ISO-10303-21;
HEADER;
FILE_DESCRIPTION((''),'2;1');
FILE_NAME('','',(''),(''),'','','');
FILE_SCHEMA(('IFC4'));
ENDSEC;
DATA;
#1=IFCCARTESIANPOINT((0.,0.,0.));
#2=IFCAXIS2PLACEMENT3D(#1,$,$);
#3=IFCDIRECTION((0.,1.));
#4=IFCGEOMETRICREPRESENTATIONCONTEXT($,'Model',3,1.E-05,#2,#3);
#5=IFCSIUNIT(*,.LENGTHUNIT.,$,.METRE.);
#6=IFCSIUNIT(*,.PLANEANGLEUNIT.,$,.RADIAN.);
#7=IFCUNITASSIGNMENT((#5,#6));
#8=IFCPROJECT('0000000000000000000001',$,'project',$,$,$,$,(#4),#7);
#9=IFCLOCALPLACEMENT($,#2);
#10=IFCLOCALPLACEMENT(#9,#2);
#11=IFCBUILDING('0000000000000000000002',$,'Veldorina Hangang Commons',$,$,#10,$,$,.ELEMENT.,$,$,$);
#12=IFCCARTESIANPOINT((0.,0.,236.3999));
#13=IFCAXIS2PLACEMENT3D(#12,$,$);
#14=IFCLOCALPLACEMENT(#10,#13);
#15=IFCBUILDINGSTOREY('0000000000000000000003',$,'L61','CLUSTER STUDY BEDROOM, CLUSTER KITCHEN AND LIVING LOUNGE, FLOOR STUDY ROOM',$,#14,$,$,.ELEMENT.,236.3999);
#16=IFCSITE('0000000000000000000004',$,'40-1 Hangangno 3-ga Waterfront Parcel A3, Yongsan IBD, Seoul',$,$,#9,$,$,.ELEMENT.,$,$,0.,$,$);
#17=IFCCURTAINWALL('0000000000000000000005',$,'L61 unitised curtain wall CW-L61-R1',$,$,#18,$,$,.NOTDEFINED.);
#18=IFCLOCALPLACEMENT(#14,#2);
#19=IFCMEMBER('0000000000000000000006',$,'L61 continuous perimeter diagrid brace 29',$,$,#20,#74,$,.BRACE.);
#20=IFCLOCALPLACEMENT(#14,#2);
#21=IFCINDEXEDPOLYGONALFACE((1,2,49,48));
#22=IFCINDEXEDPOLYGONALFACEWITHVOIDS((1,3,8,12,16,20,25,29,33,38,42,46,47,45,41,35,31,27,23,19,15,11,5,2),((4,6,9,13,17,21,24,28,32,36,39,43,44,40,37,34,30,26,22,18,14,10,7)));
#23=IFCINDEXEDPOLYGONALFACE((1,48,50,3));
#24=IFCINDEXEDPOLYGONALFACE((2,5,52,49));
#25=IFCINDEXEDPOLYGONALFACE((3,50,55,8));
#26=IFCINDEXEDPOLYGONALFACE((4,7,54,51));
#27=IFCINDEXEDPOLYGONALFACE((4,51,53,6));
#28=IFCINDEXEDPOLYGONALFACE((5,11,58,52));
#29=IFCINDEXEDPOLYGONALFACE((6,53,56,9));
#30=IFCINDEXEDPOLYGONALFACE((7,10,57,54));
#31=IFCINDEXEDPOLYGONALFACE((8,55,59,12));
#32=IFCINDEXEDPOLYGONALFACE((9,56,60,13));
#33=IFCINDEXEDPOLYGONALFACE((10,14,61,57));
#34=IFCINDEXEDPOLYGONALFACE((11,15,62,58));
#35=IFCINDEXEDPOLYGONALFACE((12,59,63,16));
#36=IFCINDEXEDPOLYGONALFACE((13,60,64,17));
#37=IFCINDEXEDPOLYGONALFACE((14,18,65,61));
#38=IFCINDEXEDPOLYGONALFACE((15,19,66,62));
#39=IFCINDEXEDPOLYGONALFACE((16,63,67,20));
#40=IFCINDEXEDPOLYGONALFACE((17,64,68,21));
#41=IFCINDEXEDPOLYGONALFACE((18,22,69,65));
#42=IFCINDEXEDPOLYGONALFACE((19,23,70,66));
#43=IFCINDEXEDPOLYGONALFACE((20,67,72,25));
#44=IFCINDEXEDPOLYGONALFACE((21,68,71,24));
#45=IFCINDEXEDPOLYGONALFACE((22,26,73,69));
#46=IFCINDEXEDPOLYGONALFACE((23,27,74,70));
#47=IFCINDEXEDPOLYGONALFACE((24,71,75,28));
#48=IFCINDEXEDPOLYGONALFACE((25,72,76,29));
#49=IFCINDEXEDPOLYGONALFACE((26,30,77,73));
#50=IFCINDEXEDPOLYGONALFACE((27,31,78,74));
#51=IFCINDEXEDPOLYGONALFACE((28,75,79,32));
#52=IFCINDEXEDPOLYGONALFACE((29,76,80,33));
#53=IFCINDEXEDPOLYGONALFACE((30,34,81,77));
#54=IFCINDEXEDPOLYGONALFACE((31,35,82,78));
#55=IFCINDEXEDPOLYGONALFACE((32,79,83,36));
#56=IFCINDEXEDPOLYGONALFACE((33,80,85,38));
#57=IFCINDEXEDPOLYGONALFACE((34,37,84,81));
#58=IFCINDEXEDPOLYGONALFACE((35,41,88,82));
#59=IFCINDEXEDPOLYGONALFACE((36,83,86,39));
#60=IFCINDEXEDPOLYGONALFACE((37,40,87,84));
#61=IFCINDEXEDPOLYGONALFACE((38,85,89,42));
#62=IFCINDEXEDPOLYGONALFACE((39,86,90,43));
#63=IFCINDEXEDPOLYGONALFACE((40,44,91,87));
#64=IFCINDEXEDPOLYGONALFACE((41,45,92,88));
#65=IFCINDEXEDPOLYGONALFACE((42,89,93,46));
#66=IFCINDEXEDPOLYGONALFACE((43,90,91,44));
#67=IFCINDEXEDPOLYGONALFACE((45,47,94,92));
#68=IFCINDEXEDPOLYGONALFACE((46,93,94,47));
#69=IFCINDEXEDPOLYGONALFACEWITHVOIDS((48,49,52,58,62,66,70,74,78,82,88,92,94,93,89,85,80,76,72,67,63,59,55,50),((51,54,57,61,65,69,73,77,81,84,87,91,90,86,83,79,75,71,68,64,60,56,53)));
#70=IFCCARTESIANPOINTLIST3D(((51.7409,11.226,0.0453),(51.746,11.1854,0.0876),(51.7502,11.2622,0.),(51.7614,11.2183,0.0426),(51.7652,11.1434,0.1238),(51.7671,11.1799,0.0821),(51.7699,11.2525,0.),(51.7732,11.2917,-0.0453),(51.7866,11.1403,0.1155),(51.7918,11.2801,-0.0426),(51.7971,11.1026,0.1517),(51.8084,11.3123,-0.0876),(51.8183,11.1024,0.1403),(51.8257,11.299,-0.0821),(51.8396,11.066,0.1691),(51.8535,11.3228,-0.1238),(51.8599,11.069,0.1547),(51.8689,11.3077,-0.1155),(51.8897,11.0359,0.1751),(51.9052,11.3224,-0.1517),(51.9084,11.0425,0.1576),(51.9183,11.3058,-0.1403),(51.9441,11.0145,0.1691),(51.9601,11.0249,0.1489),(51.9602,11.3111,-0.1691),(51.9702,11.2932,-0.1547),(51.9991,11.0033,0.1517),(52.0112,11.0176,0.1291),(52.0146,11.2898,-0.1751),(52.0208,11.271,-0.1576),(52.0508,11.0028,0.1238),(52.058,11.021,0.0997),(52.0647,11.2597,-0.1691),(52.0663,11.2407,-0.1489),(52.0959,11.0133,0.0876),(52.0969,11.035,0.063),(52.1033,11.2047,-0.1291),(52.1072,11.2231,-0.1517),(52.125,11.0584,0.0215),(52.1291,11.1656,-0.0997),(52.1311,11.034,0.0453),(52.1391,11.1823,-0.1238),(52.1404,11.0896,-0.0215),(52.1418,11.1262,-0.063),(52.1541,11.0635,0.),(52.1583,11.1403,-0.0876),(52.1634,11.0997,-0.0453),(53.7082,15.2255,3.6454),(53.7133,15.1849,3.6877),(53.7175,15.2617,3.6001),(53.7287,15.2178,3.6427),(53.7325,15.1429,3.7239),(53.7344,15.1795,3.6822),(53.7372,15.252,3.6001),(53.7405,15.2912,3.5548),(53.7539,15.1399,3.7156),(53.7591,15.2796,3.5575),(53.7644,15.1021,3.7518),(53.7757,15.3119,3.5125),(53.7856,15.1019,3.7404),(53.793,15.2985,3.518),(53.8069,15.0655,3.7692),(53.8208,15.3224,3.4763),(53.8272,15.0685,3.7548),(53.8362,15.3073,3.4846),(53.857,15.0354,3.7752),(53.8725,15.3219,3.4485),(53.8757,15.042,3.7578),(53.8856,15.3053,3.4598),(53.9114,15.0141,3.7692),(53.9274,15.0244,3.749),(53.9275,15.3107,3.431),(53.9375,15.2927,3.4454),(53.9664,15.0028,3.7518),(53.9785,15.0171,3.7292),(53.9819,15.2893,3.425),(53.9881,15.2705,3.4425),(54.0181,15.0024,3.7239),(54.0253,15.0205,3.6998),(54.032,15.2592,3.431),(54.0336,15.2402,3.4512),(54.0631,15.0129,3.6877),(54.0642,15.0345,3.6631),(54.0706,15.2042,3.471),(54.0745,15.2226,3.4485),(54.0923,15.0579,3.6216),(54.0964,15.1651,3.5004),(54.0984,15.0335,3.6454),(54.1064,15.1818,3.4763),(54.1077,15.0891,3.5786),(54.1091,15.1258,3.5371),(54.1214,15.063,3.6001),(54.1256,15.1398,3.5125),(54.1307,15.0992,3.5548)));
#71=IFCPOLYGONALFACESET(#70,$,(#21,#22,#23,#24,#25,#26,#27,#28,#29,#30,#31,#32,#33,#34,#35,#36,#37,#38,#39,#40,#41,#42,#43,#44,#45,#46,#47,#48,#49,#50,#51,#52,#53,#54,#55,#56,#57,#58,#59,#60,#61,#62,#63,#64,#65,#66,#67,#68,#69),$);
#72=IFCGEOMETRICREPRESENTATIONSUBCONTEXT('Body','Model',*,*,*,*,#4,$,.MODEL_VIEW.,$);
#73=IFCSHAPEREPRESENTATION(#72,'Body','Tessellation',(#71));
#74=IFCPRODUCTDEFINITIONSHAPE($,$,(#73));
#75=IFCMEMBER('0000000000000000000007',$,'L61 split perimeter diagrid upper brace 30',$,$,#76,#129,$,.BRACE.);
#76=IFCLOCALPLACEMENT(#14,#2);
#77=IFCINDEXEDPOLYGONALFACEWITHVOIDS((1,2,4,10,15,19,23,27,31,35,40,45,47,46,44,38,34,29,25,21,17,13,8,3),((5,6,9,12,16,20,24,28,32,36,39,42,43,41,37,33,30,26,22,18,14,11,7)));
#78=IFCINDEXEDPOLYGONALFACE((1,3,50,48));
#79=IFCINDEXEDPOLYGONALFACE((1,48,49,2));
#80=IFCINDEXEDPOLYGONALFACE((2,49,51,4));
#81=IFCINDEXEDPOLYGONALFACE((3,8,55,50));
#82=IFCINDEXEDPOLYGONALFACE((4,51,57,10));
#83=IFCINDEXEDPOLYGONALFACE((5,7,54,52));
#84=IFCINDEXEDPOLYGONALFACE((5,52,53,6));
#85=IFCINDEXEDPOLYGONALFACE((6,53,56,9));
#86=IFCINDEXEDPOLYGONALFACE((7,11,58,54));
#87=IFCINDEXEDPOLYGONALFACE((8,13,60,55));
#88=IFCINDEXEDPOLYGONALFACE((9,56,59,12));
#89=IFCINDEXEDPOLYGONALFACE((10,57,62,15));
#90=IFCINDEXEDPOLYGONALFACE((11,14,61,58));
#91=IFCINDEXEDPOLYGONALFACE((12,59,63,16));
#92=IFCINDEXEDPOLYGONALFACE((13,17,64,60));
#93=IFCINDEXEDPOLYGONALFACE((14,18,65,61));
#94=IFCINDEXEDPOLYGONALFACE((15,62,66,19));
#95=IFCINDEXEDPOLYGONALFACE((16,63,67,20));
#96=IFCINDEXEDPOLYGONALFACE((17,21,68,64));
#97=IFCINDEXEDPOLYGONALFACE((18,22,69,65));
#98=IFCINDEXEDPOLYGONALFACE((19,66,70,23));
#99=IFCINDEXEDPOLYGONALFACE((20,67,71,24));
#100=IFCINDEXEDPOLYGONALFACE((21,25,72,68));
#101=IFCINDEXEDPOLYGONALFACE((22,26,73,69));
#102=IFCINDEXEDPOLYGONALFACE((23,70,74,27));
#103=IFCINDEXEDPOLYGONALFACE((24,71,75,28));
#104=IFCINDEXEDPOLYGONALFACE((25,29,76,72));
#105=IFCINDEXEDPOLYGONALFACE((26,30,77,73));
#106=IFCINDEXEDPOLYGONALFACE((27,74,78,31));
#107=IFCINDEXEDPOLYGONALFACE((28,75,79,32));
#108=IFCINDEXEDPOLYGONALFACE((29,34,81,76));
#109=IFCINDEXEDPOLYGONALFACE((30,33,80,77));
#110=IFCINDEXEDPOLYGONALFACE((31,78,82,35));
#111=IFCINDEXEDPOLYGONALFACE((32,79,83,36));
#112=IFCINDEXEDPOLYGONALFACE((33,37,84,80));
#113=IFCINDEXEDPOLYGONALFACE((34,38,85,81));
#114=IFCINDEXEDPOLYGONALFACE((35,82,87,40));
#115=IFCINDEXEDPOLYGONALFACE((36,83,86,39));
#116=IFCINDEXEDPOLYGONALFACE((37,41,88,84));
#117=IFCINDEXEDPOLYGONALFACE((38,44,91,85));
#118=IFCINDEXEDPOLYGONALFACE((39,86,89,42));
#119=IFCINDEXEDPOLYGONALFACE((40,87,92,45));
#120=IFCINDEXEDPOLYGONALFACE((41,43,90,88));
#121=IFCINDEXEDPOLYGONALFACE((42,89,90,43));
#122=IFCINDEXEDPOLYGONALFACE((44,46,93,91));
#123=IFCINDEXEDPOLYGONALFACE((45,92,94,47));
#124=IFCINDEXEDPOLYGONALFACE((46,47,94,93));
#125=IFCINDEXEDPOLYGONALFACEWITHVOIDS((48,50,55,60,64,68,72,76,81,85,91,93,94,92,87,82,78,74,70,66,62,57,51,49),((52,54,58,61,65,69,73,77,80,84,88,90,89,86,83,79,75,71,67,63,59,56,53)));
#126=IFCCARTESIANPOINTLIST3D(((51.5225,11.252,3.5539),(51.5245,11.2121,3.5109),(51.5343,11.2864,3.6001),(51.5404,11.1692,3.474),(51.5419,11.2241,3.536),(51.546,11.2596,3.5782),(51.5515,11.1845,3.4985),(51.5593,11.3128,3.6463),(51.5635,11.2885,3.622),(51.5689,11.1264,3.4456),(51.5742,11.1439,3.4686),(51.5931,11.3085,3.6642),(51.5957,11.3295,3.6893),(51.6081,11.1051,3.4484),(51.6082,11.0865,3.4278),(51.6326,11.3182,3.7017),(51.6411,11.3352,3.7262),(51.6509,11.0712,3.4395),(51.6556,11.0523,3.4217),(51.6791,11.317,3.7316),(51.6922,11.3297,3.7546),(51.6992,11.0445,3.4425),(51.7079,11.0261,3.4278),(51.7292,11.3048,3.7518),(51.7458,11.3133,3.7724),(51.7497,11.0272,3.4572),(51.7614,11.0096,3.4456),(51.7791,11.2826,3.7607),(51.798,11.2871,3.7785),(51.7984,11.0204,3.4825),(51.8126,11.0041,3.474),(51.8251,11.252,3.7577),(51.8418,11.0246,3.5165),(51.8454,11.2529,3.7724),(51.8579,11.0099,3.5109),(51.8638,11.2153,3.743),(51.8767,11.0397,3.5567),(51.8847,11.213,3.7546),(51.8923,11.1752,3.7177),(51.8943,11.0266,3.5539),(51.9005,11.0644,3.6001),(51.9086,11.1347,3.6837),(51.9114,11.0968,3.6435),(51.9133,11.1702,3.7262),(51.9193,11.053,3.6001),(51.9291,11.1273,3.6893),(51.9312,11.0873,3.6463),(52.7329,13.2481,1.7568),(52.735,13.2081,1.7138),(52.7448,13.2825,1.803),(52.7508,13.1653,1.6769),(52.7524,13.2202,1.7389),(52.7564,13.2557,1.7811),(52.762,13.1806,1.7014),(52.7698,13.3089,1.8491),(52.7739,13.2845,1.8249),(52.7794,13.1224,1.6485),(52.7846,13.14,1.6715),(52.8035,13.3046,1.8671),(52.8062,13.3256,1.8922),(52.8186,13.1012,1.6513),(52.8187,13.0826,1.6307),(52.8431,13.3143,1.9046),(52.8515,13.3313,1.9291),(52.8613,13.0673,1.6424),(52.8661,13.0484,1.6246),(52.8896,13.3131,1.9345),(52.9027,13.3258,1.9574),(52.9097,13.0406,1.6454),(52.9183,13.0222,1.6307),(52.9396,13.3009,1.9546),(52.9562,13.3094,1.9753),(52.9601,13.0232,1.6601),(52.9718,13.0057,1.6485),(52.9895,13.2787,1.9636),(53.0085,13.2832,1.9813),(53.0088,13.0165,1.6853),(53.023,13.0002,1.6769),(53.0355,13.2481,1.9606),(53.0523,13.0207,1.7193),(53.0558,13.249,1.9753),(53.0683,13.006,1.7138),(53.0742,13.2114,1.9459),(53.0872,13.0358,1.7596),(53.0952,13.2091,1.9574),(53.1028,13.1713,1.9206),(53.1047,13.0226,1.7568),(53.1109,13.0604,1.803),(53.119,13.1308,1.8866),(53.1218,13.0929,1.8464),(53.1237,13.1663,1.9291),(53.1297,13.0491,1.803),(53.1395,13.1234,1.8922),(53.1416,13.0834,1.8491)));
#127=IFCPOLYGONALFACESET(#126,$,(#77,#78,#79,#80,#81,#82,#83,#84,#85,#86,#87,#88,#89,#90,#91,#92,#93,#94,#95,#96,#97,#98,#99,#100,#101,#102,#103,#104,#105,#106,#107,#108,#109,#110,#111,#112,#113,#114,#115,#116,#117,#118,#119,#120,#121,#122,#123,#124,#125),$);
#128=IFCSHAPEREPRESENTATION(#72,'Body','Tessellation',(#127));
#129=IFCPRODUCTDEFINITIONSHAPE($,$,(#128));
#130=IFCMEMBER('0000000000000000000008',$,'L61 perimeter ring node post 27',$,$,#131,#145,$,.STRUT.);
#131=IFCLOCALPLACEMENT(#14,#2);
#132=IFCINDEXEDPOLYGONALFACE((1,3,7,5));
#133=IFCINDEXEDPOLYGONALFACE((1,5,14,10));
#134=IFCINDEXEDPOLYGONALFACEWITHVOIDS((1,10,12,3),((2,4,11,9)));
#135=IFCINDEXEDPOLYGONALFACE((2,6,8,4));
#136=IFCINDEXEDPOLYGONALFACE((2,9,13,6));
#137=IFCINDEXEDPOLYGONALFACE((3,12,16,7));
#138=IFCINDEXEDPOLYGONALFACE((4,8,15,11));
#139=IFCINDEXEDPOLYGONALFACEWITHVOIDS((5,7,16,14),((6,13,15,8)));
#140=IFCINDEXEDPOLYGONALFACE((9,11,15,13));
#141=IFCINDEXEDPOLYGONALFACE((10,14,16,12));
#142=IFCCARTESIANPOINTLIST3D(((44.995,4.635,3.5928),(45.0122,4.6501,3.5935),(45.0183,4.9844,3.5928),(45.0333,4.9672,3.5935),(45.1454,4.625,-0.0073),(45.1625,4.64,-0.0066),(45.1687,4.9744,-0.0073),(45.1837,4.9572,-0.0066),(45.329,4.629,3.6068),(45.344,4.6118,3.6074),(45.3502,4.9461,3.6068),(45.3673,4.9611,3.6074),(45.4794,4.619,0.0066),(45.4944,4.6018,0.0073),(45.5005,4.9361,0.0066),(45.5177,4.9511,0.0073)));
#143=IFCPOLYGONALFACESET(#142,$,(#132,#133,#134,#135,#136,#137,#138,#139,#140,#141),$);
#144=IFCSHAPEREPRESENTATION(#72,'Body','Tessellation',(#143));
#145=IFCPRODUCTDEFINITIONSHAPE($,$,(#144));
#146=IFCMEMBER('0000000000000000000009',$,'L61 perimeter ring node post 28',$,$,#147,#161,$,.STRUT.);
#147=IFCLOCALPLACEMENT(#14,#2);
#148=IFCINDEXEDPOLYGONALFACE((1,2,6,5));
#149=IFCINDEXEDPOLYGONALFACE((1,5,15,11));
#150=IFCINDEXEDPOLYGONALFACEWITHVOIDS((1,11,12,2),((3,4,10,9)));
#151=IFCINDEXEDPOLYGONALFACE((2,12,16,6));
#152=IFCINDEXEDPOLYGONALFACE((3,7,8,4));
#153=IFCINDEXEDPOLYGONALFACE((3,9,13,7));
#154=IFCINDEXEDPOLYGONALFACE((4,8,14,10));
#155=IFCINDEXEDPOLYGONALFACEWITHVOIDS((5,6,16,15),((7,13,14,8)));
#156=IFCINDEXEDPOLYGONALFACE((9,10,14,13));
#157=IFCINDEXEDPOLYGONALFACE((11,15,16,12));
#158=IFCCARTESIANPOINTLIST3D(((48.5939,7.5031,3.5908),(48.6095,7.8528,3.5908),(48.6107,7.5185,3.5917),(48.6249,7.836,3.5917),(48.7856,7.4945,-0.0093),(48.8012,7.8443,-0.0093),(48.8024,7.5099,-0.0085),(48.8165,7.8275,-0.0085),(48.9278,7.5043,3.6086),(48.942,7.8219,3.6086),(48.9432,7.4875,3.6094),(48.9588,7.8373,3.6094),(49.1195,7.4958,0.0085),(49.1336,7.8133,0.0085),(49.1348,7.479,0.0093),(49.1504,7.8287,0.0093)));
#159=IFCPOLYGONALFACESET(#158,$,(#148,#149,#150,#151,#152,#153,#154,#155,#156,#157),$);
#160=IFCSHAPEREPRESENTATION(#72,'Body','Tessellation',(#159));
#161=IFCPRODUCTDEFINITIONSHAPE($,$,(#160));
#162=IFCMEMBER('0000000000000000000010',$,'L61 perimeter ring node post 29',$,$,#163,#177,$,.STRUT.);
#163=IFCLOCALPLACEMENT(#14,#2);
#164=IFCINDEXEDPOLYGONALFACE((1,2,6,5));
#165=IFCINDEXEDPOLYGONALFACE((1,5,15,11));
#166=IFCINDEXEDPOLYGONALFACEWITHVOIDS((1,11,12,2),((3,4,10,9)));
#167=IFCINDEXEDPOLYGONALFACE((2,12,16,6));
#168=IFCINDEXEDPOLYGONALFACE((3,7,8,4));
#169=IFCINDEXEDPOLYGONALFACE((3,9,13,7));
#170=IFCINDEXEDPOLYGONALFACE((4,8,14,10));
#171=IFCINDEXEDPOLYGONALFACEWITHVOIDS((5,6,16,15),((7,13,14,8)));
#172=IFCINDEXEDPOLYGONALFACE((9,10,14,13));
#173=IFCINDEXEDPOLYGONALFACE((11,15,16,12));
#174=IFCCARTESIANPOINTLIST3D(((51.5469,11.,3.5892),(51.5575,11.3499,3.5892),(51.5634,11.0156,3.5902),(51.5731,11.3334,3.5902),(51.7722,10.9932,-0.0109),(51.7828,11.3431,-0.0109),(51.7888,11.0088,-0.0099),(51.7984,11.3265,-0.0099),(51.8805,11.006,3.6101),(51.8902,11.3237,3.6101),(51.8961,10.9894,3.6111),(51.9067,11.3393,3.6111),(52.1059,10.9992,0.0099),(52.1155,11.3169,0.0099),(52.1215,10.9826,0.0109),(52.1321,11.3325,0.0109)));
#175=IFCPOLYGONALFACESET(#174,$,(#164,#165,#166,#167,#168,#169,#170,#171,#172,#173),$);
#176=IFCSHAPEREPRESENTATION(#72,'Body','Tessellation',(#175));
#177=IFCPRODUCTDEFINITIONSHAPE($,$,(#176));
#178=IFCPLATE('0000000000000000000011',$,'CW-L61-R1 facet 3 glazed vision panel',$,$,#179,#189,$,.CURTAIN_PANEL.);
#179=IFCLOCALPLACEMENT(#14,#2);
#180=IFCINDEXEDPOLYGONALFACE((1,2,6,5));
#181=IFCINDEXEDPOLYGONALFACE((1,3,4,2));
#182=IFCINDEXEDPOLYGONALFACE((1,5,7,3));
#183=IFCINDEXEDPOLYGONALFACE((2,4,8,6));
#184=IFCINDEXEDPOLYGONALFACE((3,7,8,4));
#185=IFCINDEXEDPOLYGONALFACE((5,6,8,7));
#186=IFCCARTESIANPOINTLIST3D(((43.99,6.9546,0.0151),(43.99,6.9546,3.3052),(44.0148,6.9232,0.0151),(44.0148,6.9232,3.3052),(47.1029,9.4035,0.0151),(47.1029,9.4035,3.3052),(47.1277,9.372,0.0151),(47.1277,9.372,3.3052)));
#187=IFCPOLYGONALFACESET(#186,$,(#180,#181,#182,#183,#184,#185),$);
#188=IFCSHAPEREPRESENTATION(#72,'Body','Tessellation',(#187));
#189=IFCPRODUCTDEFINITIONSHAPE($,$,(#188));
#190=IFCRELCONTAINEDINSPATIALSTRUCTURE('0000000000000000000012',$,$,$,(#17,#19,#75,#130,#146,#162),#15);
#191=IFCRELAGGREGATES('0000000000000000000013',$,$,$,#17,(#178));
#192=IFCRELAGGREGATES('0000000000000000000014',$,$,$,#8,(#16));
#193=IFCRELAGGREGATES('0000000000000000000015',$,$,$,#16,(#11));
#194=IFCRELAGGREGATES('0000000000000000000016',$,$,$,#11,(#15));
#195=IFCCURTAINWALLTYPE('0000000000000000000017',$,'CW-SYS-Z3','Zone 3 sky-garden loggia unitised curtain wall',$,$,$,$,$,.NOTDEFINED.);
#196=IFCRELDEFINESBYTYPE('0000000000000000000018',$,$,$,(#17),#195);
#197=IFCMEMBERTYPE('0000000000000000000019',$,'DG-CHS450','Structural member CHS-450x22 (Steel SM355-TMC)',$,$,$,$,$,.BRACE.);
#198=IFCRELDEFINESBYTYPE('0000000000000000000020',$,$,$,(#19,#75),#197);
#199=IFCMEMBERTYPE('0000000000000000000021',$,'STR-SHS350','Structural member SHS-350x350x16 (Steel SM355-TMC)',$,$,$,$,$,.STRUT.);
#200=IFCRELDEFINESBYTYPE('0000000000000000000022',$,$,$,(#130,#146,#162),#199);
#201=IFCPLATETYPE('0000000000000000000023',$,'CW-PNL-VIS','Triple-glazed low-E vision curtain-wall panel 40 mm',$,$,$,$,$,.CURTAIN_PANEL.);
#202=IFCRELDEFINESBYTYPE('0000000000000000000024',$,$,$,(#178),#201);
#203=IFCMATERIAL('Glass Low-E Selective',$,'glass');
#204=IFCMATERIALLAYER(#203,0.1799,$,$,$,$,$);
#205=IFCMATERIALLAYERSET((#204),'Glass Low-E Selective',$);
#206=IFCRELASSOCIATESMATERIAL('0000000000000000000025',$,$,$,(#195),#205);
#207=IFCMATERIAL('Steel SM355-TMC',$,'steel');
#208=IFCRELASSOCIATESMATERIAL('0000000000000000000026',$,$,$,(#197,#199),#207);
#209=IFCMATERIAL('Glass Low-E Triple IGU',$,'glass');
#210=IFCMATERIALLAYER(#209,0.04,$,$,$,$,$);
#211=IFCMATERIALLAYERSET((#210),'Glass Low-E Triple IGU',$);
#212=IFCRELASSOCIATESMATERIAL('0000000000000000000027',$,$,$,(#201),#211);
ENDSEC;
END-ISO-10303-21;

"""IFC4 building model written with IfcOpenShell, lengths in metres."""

from ifc_helpers import new_model, si_unit, direction, frame, origin, origin_2d, place, context, subcontext, project, spatial, rectangle, hollow_rectangle, hollow_circle, extrude, material, layer, layer_set, material_profile, profile_set, type_object, element, aggregate, save


model = new_model("IFC4")

# Units and contexts
model_context = context("Model", 3, precision=1e-05, world=origin(), true_north=direction((0.0, 1.0)))
body_context = subcontext(model_context, "Body", "Model", "MODEL_VIEW")
ifc_project = project(units=[si_unit("LENGTHUNIT", "METRE"), si_unit("PLANEANGLEUNIT", "RADIAN")], contexts=[model_context])

# Site, building, storey
site_placement = place(None, origin())
site = spatial("IfcSite", under=ifc_project, at=site_placement, Name="40-1 Hangangno 3-ga Waterfront Parcel A3, Yongsan IBD, Seoul", CompositionType="ELEMENT", RefElevation=0.0)
building_placement = place(site_placement, origin())
building = spatial("IfcBuilding", under=site, at=building_placement, Name="Veldorina Hangang Commons", CompositionType="ELEMENT")
storey_placement = place(building_placement, frame((0.0, 0.0, 236.3999)))
storey = spatial("IfcBuildingStorey", under=building, at=storey_placement, Name="L61", Description="CLUSTER STUDY BEDROOM, CLUSTER KITCHEN AND LIVING LOUNGE, FLOOR STUDY ROOM", CompositionType="ELEMENT", Elevation=236.3999)

# Shared definitions
ifc_material_1 = material(Name="Steel SM355-TMC", Category="steel")

# Curtain wall
ifc_material_2 = material(Name="Glass Low-E Selective", Category="glass")
ifc_layer_1 = layer(ifc_material_2, 0.1799)
ifc_layer_set_1 = layer_set([ifc_layer_1], Name="Glass Low-E Selective")
curtain_wall_type = type_object("IfcCurtainWallType", Name="CW-SYS-Z3", Description="Zone 3 sky-garden loggia unitised curtain wall", PredefinedType="NOTDEFINED", material=ifc_layer_set_1)
curtain_wall_placement = place(storey_placement, origin())
curtain_wall = element("IfcCurtainWall", 1, at=curtain_wall_placement, inside=storey, type_object=curtain_wall_type, Name="L61 unitised curtain wall CW-L61-R1", PredefinedType="NOTDEFINED")

# Members
ifc_material_profile_1 = material_profile(ifc_material_1, hollow_circle(Radius=0.2251, WallThickness=0.022, at=origin_2d()), Name="CHS-450x22")
ifc_profile_set_1 = profile_set([ifc_material_profile_1], Name="Steel SM355-TMC")
member_type_1 = type_object("IfcMemberType", Name="DG-CHS450", Description="Structural member CHS-450x22 (Steel SM355-TMC)", PredefinedType="BRACE", material=ifc_profile_set_1)
member_1_placement = place(storey_placement, frame((51.9521, 11.1628, 0.0), z_axis=(0.343362, 0.698058, 0.628346), x_axis=(-0.897322, 0.441376, 0.0)))
element("IfcMember", 2, at=member_1_placement, inside=storey, type_object=member_type_1, Name="L61 continuous perimeter diagrid brace 29", PredefinedType="BRACE", context=body_context, shape_type="SweptSolid", body=[
    extrude(hollow_circle(Radius=0.2251, WallThickness=0.022, at=origin_2d()), origin(), (0.0, 0.0, 1.0), 5.7295),
])
member_2_placement = place(storey_placement, frame((52.9373, 13.1658, 1.803), z_axis=(-0.410872, -0.677549, 0.61001), x_axis=(0.855066, -0.51852, 0.0)))
element("IfcMember", 3, at=member_2_placement, inside=storey, type_object=member_type_1, Name="L61 split perimeter diagrid upper brace 30", PredefinedType="BRACE", context=body_context, shape_type="SweptSolid", body=[
    extrude(hollow_circle(Radius=0.2251, WallThickness=0.022, at=origin_2d()), origin(), (0.0, 0.0, 1.0), 2.946),
])
ifc_material_profile_2 = material_profile(ifc_material_1, hollow_rectangle(XDim=0.3501, YDim=0.3501, WallThickness=0.0161, at=origin_2d()), Name="SHS-350x350x16")
ifc_profile_set_2 = profile_set([ifc_material_profile_2], Name="Steel SM355-TMC")
member_type_2 = type_object("IfcMemberType", Name="STR-SHS350", Description="Structural member SHS-350x350x16 (Steel SM355-TMC)", PredefinedType="STRUT", material=ifc_profile_set_2)
member_3_placement = place(storey_placement, frame((45.3315, 4.7881, 0.0), z_axis=(-0.041737, 0.002778, 0.999125), x_axis=(-0.066412, -0.997792, 0.0)))
element("IfcMember", 4, at=member_3_placement, inside=storey, type_object=member_type_2, Name="L61 perimeter ring node post 27", PredefinedType="STRUT", context=body_context, shape_type="SweptSolid", body=[
    extrude(hollow_rectangle(XDim=0.3501, YDim=0.3501, WallThickness=0.0161, at=origin_2d()), origin(), (0.0, 0.0, 1.0), 3.6033),
])
member_4_placement = place(storey_placement, frame((48.968, 7.6616, 0.0), z_axis=(-0.053159, 0.00237, 0.998583), x_axis=(-0.044542, -0.999008, 0.0)))
element("IfcMember", 5, at=member_4_placement, inside=storey, type_object=member_type_2, Name="L61 perimeter ring node post 28", PredefinedType="STRUT", context=body_context, shape_type="SweptSolid", body=[
    extrude(hollow_rectangle(XDim=0.3501, YDim=0.3501, WallThickness=0.0161, at=origin_2d()), origin(), (0.0, 0.0, 1.0), 3.6052),
])
member_5_placement = place(storey_placement, frame((51.9521, 11.1628, 0.0), z_axis=(-0.062471, 0.001895, 0.998045), x_axis=(-0.030322, -0.99954, 0.0)))
element("IfcMember", 6, at=member_5_placement, inside=storey, type_object=member_type_2, Name="L61 perimeter ring node post 29", PredefinedType="STRUT", context=body_context, shape_type="SweptSolid", body=[
    extrude(hollow_rectangle(XDim=0.3501, YDim=0.3501, WallThickness=0.0161, at=origin_2d()), origin(), (0.0, 0.0, 1.0), 3.6072),
])

# Plate
ifc_material_3 = material(Name="Glass Low-E Triple IGU", Category="glass")
ifc_layer_2 = layer(ifc_material_3, 0.04)
ifc_layer_set_2 = layer_set([ifc_layer_2], Name="Glass Low-E Triple IGU")
plate_type_1 = type_object("IfcPlateType", Name="CW-PNL-VIS", Description="Triple-glazed low-E vision curtain-wall panel 40 mm", PredefinedType="CURTAIN_PANEL", material=ifc_layer_set_2)
plate_1_placement = place(storey_placement, frame((45.5588, 8.1633, 0.0151), z_axis=(0.0, 0.0, 1.0), x_axis=(0.785954, 0.618285, 0.0)))
plate_1 = element("IfcPlate", 7, at=plate_1_placement, type_object=plate_type_1, Name="CW-L61-R1 facet 3 glazed vision panel", PredefinedType="CURTAIN_PANEL", context=body_context, shape_type="SweptSolid", body=[
    extrude(rectangle(XDim=3.9607, YDim=0.04, at=origin_2d()), origin(), (0.0, 0.0, 1.0), 3.29),
])
aggregate(curtain_wall, [plate_1])

save(model, "model.ifc")
